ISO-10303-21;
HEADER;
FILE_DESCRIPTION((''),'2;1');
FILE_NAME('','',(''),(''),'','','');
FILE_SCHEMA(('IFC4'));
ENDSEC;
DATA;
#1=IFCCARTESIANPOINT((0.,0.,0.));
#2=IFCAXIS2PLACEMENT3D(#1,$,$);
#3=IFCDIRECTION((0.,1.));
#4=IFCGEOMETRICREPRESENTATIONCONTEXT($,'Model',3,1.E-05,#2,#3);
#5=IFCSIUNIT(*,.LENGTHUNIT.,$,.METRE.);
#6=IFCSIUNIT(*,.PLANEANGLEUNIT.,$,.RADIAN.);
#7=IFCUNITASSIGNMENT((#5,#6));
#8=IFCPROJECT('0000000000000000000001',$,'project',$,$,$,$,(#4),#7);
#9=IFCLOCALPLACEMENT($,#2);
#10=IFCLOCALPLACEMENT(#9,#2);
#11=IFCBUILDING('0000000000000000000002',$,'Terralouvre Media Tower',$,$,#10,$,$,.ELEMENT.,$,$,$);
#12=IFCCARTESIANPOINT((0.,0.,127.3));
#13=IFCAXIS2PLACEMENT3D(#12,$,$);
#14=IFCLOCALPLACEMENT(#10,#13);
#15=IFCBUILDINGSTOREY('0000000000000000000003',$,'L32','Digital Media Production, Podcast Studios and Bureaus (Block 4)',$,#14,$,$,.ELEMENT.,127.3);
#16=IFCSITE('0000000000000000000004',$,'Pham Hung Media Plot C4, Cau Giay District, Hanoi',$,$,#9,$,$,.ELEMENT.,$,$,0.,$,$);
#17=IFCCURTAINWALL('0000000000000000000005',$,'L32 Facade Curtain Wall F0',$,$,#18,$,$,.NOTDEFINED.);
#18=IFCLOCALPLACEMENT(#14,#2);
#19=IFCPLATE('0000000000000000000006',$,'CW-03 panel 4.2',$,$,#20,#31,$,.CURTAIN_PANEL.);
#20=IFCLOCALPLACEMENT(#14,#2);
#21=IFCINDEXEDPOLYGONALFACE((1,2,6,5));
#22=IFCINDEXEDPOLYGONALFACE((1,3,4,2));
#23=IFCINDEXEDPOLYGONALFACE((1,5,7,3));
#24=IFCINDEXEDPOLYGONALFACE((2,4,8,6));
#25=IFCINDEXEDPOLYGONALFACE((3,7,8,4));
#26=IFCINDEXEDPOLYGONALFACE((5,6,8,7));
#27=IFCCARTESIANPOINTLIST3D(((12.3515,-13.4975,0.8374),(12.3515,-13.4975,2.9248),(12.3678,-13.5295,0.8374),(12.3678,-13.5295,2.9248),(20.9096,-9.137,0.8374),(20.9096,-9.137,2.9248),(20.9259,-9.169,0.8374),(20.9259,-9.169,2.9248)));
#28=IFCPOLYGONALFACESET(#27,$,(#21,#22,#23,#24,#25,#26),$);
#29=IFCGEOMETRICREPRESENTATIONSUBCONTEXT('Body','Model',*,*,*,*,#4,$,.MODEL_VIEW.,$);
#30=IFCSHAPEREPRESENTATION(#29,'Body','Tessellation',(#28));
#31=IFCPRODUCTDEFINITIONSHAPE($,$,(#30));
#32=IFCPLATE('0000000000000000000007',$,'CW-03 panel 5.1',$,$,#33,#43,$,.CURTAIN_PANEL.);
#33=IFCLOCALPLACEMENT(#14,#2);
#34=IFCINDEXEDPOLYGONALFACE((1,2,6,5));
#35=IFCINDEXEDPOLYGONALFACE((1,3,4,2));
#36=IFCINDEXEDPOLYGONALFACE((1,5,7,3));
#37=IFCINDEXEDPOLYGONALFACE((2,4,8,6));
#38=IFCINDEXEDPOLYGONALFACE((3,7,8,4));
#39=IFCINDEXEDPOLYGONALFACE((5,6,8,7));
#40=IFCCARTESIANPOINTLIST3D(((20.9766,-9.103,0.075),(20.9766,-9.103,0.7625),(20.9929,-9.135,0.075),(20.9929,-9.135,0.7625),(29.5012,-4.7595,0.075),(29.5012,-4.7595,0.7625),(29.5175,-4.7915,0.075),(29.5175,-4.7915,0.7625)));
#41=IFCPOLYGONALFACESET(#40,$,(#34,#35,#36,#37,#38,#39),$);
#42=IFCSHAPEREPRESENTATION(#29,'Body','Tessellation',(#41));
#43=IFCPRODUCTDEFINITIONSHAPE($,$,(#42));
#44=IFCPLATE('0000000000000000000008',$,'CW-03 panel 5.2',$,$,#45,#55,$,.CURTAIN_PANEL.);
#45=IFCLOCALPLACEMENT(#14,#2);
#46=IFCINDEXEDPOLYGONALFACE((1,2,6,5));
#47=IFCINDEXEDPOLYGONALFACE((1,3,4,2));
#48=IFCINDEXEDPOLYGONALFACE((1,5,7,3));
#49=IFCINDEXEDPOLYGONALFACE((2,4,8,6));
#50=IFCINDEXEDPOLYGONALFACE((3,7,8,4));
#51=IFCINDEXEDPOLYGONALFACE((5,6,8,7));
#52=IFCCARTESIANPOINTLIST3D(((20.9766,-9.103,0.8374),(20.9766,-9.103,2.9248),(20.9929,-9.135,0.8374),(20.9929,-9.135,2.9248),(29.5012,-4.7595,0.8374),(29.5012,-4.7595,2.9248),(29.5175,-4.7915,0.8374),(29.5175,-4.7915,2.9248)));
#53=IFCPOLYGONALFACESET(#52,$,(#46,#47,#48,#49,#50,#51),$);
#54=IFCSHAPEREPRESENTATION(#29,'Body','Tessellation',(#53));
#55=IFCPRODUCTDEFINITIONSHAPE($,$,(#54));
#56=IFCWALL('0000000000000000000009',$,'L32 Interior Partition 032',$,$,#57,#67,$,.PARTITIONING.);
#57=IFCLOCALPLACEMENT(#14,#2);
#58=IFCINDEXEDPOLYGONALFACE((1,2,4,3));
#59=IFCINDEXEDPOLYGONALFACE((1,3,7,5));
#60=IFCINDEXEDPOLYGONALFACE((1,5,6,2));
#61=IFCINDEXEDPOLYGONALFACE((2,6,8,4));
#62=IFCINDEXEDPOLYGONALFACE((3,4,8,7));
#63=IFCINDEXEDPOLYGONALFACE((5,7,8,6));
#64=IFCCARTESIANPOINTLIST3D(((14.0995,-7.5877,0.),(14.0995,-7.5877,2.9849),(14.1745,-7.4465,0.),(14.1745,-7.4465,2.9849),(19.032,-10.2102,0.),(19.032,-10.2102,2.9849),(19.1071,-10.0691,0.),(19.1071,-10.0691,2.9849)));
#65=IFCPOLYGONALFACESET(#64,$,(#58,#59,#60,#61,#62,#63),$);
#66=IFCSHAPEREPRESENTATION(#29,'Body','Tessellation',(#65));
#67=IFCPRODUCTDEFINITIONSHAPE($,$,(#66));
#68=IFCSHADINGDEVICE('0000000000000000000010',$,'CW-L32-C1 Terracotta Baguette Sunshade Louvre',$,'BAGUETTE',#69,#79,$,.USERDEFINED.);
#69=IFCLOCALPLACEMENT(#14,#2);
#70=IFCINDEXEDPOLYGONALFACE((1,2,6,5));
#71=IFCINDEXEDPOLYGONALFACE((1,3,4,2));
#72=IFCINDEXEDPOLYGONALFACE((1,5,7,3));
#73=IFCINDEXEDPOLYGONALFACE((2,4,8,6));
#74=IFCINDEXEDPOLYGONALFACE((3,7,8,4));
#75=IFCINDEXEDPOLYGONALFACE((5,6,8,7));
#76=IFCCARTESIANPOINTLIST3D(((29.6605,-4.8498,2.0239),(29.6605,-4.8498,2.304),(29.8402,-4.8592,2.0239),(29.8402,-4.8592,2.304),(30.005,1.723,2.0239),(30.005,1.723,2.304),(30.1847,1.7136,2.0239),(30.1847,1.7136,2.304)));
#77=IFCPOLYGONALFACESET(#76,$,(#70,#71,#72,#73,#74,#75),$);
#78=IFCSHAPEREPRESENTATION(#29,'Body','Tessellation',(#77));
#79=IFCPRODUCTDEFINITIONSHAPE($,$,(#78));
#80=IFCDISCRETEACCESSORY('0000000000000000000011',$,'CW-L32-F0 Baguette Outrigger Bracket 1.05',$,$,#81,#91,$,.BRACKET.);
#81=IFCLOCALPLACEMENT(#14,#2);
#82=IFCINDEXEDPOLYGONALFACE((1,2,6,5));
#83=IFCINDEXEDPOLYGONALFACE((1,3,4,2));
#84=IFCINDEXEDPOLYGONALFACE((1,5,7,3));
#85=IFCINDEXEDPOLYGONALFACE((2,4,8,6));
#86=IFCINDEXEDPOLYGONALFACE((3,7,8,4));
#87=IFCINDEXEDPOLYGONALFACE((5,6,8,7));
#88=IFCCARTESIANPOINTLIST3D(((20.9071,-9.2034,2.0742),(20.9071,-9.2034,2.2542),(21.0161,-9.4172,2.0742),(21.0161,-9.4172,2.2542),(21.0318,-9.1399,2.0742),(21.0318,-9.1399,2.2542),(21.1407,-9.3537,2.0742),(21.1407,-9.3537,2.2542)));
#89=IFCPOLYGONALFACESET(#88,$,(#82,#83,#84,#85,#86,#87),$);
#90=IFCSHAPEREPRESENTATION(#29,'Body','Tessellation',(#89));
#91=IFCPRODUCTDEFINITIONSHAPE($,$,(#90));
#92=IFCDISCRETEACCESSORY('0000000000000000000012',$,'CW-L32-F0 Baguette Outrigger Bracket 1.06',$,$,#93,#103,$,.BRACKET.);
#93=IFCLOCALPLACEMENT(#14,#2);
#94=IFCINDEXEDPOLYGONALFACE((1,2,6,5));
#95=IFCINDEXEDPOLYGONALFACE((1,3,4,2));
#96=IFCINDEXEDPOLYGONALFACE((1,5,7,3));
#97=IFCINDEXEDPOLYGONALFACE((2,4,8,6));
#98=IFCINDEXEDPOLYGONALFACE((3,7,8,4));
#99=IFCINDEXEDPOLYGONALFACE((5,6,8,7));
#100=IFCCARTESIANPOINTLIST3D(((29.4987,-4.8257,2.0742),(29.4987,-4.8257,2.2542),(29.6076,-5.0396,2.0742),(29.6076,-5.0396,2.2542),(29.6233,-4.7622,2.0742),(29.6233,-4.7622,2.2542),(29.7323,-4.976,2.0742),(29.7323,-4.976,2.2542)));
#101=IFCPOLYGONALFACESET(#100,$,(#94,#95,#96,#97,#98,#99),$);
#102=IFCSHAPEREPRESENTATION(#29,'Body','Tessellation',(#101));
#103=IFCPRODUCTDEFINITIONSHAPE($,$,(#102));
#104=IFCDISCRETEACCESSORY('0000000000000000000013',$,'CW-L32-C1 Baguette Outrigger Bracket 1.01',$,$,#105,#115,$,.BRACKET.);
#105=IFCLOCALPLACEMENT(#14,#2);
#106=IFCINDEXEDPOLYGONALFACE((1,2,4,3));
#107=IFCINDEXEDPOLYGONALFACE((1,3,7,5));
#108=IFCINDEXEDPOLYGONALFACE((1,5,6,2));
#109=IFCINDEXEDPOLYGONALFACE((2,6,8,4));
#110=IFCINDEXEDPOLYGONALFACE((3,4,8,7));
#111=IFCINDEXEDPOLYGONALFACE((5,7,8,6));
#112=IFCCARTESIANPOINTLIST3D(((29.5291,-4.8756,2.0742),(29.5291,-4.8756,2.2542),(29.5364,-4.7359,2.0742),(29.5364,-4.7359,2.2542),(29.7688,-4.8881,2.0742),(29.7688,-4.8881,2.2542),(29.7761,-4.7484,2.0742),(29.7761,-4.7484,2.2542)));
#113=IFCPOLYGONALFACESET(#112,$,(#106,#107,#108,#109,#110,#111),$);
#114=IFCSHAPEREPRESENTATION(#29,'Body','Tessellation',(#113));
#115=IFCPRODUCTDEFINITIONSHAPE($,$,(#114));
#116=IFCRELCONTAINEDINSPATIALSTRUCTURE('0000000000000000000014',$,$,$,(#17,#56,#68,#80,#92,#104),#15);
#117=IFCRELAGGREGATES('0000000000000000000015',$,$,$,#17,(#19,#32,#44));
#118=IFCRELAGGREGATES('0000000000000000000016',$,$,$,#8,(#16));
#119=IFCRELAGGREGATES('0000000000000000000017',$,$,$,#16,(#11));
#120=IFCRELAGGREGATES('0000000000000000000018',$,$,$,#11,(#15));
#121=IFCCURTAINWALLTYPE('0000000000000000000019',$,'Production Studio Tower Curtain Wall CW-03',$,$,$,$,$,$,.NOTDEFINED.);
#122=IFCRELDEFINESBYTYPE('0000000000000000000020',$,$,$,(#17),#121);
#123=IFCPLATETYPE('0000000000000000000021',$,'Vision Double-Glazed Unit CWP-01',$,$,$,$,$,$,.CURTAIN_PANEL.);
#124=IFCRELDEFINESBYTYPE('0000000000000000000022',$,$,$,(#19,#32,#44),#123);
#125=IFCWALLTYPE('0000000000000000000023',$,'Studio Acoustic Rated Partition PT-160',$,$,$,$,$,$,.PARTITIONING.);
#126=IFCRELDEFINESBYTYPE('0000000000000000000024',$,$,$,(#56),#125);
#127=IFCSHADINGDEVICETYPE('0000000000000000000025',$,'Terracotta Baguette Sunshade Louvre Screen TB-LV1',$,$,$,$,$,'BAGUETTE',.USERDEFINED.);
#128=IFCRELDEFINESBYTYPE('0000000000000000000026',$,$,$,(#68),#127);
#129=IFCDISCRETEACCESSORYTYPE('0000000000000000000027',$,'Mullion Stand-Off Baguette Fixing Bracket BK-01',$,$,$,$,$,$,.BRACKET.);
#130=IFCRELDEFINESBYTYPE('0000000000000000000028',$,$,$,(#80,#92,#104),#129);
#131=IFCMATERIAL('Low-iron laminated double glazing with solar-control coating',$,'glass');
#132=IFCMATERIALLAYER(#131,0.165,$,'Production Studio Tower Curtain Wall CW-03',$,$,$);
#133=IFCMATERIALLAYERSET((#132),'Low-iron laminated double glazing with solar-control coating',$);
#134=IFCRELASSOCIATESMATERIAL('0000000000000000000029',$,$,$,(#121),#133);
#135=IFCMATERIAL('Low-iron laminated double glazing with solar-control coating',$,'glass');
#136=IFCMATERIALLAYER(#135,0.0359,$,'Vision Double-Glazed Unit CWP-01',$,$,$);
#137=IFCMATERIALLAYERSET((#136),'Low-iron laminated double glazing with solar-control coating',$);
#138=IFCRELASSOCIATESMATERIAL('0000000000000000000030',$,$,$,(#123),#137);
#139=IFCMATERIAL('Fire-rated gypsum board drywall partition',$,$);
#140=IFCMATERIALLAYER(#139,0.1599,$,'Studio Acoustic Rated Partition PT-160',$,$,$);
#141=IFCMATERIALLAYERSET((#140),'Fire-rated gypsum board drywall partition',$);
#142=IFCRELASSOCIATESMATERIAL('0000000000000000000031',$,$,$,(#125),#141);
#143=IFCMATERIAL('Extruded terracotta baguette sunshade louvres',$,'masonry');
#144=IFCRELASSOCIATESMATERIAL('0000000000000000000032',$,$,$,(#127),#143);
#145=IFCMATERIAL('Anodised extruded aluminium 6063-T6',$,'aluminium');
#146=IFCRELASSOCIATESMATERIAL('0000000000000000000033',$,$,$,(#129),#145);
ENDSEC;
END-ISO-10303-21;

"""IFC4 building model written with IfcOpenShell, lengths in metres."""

from ifc_helpers import new_model, si_unit, direction, frame, frame_2d, origin, origin_2d, place, context, subcontext, project, spatial, rectangle, extrude, material, layer, layer_set, type_object, element, aggregate, save


model = new_model("IFC4")

# Units and contexts
model_context = context("Model", 3, precision=1e-05, world=origin(), true_north=direction((0.0, 1.0)))
body_context = subcontext(model_context, "Body", "Model", "MODEL_VIEW")
ifc_project = project(units=[si_unit("LENGTHUNIT", "METRE"), si_unit("PLANEANGLEUNIT", "RADIAN")], contexts=[model_context])

# Site, building, storey
site_placement = place(None, origin())
site = spatial("IfcSite", under=ifc_project, at=site_placement, Name="Pham Hung Media Plot C4, Cau Giay District, Hanoi", CompositionType="ELEMENT", RefElevation=0.0)
building_placement = place(site_placement, origin())
building = spatial("IfcBuilding", under=site, at=building_placement, Name="Terralouvre Media Tower", CompositionType="ELEMENT")
storey_placement = place(building_placement, frame((0.0, 0.0, 127.3)))
storey = spatial("IfcBuildingStorey", under=building, at=storey_placement, Name="L32", Description="Digital Media Production, Podcast Studios and Bureaus (Block 4)", CompositionType="ELEMENT", Elevation=127.3)

# Curtain wall
ifc_material_1 = material(Name="Low-iron laminated double glazing with solar-control coating", Category="glass")
ifc_layer_1 = layer(ifc_material_1, 0.165, Name="Production Studio Tower Curtain Wall CW-03")
ifc_layer_set_1 = layer_set([ifc_layer_1], Name="Low-iron laminated double glazing with solar-control coating")
curtain_wall_type_1 = type_object("IfcCurtainWallType", Name="Production Studio Tower Curtain Wall CW-03", PredefinedType="NOTDEFINED", material=ifc_layer_set_1)
curtain_wall_1_placement = place(storey_placement, origin())
curtain_wall_1 = element("IfcCurtainWall", 1, at=curtain_wall_1_placement, inside=storey, type_object=curtain_wall_type_1, Name="L32 Facade Curtain Wall F0", PredefinedType="NOTDEFINED")

# Plates
ifc_material_2 = material(Name="Low-iron laminated double glazing with solar-control coating", Category="glass")
ifc_layer_2 = layer(ifc_material_2, 0.0359, Name="Vision Double-Glazed Unit CWP-01")
ifc_layer_set_2 = layer_set([ifc_layer_2], Name="Low-iron laminated double glazing with solar-control coating")
plate_type_1 = type_object("IfcPlateType", Name="Vision Double-Glazed Unit CWP-01", PredefinedType="CURTAIN_PANEL", material=ifc_layer_set_2)
plate_1_placement = place(storey_placement, frame((16.6387, -11.3333, 0.8374), z_axis=(0.0, 0.0, 1.0), x_axis=(0.891007, 0.453991, 0.0)))
plate_1 = element("IfcPlate", 2, at=plate_1_placement, type_object=plate_type_1, Name="CW-03 panel 4.2", PredefinedType="CURTAIN_PANEL", context=body_context, shape_type="SweptSolid", body=[
    extrude(rectangle(XDim=9.605, YDim=0.0359, at=origin_2d()), origin(), (0.0, 0.0, 1.0), 2.0874),
])
plate_2_placement = place(storey_placement, frame((25.2471, -6.9473, 0.075), z_axis=(0.0, 0.0, 1.0), x_axis=(0.891007, 0.453991, 0.0)))
plate_2 = element("IfcPlate", 3, at=plate_2_placement, type_object=plate_type_1, Name="CW-03 panel 5.1", PredefinedType="CURTAIN_PANEL", context=body_context, shape_type="SweptSolid", body=[
    extrude(rectangle(XDim=9.5674, YDim=0.0359, at=origin_2d()), origin(), (0.0, 0.0, 1.0), 0.6875),
])
plate_3_placement = place(storey_placement, frame((25.2471, -6.9473, 0.8374), z_axis=(0.0, 0.0, 1.0), x_axis=(0.891007, 0.453991, 0.0)))
plate_3 = element("IfcPlate", 4, at=plate_3_placement, type_object=plate_type_1, Name="CW-03 panel 5.2", PredefinedType="CURTAIN_PANEL", context=body_context, shape_type="SweptSolid", body=[
    extrude(rectangle(XDim=9.5674, YDim=0.0359, at=origin_2d()), origin(), (0.0, 0.0, 1.0), 2.0874),
])
aggregate(curtain_wall_1, [plate_1, plate_2, plate_3])

# Wall
ifc_material_3 = material(Name="Fire-rated gypsum board drywall partition")
ifc_layer_3 = layer(ifc_material_3, 0.1599, Name="Studio Acoustic Rated Partition PT-160")
ifc_layer_set_3 = layer_set([ifc_layer_3], Name="Fire-rated gypsum board drywall partition")
wall_type = type_object("IfcWallType", Name="Studio Acoustic Rated Partition PT-160", PredefinedType="PARTITIONING", material=ifc_layer_set_3)
wall_placement = place(storey_placement, frame((19.0696, -10.1396, 0.0), z_axis=(0.0, 0.0, 1.0), x_axis=(-0.88296, 0.469449, 0.0)))
element("IfcWall", 5, at=wall_placement, inside=storey, type_object=wall_type, Name="L32 Interior Partition 032", PredefinedType="PARTITIONING", context=body_context, shape_type="SweptSolid", body=[
    extrude(rectangle(XDim=5.5864, YDim=0.1599, at=frame_2d((2.7932, 0.0))), origin(), (0.0, 0.0, 1.0), 2.9849),
])

# Shading device
ifc_material_4 = material(Name="Extruded terracotta baguette sunshade louvres", Category="masonry")
shading_device_type = type_object("IfcShadingDeviceType", Name="Terracotta Baguette Sunshade Louvre Screen TB-LV1", ElementType="BAGUETTE", PredefinedType="USERDEFINED", material=ifc_material_4)
shading_device_placement = place(storey_placement, frame((29.9226, -1.5681, 2.0239), z_axis=(0.0, 0.0, 1.0), x_axis=(0.052337, 0.998629, 0.0)))
element("IfcShadingDevice", 6, at=shading_device_placement, inside=storey, type_object=shading_device_type, Name="CW-L32-C1 Terracotta Baguette Sunshade Louvre", ObjectType="BAGUETTE", PredefinedType="USERDEFINED", context=body_context, shape_type="SweptSolid", body=[
    extrude(rectangle(XDim=6.5818, YDim=0.1799, at=origin_2d()), origin(), (0.0, 0.0, 1.0), 0.28),
])

# Discrete accessories
ifc_material_5 = material(Name="Anodised extruded aluminium 6063-T6", Category="aluminium")
discrete_accessory_type = type_object("IfcDiscreteAccessoryType", Name="Mullion Stand-Off Baguette Fixing Bracket BK-01", PredefinedType="BRACKET", material=ifc_material_5)
for number, where, z_axis, x_axis, name in (
    (7, (21.0239, -9.2786, 2.0742), (0.0, 0.0, 1.0), (0.891007, 0.453991, 0.0), "CW-L32-F0 Baguette Outrigger Bracket 1.05"),
    (8, (29.6155, -4.9009, 2.0742), (0.0, 0.0, 1.0), (0.891007, 0.453991, 0.0), "CW-L32-F0 Baguette Outrigger Bracket 1.06"),
    (9, (29.6526, -4.812, 2.0742), (0.0, 0.0, 1.0), (0.052337, 0.998629, 0.0), "CW-L32-C1 Baguette Outrigger Bracket 1.01"),
):
    element("IfcDiscreteAccessory", number, at=place(storey_placement, frame(where, z_axis=z_axis, x_axis=x_axis)), inside=storey, type_object=discrete_accessory_type, Name=name, PredefinedType="BRACKET", context=body_context, shape_type="SweptSolid", body=[
        extrude(rectangle(XDim=0.1399, YDim=0.24, at=origin_2d()), origin(), (0.0, 0.0, 1.0), 0.1799),
    ])

save(model, "model.ifc")
